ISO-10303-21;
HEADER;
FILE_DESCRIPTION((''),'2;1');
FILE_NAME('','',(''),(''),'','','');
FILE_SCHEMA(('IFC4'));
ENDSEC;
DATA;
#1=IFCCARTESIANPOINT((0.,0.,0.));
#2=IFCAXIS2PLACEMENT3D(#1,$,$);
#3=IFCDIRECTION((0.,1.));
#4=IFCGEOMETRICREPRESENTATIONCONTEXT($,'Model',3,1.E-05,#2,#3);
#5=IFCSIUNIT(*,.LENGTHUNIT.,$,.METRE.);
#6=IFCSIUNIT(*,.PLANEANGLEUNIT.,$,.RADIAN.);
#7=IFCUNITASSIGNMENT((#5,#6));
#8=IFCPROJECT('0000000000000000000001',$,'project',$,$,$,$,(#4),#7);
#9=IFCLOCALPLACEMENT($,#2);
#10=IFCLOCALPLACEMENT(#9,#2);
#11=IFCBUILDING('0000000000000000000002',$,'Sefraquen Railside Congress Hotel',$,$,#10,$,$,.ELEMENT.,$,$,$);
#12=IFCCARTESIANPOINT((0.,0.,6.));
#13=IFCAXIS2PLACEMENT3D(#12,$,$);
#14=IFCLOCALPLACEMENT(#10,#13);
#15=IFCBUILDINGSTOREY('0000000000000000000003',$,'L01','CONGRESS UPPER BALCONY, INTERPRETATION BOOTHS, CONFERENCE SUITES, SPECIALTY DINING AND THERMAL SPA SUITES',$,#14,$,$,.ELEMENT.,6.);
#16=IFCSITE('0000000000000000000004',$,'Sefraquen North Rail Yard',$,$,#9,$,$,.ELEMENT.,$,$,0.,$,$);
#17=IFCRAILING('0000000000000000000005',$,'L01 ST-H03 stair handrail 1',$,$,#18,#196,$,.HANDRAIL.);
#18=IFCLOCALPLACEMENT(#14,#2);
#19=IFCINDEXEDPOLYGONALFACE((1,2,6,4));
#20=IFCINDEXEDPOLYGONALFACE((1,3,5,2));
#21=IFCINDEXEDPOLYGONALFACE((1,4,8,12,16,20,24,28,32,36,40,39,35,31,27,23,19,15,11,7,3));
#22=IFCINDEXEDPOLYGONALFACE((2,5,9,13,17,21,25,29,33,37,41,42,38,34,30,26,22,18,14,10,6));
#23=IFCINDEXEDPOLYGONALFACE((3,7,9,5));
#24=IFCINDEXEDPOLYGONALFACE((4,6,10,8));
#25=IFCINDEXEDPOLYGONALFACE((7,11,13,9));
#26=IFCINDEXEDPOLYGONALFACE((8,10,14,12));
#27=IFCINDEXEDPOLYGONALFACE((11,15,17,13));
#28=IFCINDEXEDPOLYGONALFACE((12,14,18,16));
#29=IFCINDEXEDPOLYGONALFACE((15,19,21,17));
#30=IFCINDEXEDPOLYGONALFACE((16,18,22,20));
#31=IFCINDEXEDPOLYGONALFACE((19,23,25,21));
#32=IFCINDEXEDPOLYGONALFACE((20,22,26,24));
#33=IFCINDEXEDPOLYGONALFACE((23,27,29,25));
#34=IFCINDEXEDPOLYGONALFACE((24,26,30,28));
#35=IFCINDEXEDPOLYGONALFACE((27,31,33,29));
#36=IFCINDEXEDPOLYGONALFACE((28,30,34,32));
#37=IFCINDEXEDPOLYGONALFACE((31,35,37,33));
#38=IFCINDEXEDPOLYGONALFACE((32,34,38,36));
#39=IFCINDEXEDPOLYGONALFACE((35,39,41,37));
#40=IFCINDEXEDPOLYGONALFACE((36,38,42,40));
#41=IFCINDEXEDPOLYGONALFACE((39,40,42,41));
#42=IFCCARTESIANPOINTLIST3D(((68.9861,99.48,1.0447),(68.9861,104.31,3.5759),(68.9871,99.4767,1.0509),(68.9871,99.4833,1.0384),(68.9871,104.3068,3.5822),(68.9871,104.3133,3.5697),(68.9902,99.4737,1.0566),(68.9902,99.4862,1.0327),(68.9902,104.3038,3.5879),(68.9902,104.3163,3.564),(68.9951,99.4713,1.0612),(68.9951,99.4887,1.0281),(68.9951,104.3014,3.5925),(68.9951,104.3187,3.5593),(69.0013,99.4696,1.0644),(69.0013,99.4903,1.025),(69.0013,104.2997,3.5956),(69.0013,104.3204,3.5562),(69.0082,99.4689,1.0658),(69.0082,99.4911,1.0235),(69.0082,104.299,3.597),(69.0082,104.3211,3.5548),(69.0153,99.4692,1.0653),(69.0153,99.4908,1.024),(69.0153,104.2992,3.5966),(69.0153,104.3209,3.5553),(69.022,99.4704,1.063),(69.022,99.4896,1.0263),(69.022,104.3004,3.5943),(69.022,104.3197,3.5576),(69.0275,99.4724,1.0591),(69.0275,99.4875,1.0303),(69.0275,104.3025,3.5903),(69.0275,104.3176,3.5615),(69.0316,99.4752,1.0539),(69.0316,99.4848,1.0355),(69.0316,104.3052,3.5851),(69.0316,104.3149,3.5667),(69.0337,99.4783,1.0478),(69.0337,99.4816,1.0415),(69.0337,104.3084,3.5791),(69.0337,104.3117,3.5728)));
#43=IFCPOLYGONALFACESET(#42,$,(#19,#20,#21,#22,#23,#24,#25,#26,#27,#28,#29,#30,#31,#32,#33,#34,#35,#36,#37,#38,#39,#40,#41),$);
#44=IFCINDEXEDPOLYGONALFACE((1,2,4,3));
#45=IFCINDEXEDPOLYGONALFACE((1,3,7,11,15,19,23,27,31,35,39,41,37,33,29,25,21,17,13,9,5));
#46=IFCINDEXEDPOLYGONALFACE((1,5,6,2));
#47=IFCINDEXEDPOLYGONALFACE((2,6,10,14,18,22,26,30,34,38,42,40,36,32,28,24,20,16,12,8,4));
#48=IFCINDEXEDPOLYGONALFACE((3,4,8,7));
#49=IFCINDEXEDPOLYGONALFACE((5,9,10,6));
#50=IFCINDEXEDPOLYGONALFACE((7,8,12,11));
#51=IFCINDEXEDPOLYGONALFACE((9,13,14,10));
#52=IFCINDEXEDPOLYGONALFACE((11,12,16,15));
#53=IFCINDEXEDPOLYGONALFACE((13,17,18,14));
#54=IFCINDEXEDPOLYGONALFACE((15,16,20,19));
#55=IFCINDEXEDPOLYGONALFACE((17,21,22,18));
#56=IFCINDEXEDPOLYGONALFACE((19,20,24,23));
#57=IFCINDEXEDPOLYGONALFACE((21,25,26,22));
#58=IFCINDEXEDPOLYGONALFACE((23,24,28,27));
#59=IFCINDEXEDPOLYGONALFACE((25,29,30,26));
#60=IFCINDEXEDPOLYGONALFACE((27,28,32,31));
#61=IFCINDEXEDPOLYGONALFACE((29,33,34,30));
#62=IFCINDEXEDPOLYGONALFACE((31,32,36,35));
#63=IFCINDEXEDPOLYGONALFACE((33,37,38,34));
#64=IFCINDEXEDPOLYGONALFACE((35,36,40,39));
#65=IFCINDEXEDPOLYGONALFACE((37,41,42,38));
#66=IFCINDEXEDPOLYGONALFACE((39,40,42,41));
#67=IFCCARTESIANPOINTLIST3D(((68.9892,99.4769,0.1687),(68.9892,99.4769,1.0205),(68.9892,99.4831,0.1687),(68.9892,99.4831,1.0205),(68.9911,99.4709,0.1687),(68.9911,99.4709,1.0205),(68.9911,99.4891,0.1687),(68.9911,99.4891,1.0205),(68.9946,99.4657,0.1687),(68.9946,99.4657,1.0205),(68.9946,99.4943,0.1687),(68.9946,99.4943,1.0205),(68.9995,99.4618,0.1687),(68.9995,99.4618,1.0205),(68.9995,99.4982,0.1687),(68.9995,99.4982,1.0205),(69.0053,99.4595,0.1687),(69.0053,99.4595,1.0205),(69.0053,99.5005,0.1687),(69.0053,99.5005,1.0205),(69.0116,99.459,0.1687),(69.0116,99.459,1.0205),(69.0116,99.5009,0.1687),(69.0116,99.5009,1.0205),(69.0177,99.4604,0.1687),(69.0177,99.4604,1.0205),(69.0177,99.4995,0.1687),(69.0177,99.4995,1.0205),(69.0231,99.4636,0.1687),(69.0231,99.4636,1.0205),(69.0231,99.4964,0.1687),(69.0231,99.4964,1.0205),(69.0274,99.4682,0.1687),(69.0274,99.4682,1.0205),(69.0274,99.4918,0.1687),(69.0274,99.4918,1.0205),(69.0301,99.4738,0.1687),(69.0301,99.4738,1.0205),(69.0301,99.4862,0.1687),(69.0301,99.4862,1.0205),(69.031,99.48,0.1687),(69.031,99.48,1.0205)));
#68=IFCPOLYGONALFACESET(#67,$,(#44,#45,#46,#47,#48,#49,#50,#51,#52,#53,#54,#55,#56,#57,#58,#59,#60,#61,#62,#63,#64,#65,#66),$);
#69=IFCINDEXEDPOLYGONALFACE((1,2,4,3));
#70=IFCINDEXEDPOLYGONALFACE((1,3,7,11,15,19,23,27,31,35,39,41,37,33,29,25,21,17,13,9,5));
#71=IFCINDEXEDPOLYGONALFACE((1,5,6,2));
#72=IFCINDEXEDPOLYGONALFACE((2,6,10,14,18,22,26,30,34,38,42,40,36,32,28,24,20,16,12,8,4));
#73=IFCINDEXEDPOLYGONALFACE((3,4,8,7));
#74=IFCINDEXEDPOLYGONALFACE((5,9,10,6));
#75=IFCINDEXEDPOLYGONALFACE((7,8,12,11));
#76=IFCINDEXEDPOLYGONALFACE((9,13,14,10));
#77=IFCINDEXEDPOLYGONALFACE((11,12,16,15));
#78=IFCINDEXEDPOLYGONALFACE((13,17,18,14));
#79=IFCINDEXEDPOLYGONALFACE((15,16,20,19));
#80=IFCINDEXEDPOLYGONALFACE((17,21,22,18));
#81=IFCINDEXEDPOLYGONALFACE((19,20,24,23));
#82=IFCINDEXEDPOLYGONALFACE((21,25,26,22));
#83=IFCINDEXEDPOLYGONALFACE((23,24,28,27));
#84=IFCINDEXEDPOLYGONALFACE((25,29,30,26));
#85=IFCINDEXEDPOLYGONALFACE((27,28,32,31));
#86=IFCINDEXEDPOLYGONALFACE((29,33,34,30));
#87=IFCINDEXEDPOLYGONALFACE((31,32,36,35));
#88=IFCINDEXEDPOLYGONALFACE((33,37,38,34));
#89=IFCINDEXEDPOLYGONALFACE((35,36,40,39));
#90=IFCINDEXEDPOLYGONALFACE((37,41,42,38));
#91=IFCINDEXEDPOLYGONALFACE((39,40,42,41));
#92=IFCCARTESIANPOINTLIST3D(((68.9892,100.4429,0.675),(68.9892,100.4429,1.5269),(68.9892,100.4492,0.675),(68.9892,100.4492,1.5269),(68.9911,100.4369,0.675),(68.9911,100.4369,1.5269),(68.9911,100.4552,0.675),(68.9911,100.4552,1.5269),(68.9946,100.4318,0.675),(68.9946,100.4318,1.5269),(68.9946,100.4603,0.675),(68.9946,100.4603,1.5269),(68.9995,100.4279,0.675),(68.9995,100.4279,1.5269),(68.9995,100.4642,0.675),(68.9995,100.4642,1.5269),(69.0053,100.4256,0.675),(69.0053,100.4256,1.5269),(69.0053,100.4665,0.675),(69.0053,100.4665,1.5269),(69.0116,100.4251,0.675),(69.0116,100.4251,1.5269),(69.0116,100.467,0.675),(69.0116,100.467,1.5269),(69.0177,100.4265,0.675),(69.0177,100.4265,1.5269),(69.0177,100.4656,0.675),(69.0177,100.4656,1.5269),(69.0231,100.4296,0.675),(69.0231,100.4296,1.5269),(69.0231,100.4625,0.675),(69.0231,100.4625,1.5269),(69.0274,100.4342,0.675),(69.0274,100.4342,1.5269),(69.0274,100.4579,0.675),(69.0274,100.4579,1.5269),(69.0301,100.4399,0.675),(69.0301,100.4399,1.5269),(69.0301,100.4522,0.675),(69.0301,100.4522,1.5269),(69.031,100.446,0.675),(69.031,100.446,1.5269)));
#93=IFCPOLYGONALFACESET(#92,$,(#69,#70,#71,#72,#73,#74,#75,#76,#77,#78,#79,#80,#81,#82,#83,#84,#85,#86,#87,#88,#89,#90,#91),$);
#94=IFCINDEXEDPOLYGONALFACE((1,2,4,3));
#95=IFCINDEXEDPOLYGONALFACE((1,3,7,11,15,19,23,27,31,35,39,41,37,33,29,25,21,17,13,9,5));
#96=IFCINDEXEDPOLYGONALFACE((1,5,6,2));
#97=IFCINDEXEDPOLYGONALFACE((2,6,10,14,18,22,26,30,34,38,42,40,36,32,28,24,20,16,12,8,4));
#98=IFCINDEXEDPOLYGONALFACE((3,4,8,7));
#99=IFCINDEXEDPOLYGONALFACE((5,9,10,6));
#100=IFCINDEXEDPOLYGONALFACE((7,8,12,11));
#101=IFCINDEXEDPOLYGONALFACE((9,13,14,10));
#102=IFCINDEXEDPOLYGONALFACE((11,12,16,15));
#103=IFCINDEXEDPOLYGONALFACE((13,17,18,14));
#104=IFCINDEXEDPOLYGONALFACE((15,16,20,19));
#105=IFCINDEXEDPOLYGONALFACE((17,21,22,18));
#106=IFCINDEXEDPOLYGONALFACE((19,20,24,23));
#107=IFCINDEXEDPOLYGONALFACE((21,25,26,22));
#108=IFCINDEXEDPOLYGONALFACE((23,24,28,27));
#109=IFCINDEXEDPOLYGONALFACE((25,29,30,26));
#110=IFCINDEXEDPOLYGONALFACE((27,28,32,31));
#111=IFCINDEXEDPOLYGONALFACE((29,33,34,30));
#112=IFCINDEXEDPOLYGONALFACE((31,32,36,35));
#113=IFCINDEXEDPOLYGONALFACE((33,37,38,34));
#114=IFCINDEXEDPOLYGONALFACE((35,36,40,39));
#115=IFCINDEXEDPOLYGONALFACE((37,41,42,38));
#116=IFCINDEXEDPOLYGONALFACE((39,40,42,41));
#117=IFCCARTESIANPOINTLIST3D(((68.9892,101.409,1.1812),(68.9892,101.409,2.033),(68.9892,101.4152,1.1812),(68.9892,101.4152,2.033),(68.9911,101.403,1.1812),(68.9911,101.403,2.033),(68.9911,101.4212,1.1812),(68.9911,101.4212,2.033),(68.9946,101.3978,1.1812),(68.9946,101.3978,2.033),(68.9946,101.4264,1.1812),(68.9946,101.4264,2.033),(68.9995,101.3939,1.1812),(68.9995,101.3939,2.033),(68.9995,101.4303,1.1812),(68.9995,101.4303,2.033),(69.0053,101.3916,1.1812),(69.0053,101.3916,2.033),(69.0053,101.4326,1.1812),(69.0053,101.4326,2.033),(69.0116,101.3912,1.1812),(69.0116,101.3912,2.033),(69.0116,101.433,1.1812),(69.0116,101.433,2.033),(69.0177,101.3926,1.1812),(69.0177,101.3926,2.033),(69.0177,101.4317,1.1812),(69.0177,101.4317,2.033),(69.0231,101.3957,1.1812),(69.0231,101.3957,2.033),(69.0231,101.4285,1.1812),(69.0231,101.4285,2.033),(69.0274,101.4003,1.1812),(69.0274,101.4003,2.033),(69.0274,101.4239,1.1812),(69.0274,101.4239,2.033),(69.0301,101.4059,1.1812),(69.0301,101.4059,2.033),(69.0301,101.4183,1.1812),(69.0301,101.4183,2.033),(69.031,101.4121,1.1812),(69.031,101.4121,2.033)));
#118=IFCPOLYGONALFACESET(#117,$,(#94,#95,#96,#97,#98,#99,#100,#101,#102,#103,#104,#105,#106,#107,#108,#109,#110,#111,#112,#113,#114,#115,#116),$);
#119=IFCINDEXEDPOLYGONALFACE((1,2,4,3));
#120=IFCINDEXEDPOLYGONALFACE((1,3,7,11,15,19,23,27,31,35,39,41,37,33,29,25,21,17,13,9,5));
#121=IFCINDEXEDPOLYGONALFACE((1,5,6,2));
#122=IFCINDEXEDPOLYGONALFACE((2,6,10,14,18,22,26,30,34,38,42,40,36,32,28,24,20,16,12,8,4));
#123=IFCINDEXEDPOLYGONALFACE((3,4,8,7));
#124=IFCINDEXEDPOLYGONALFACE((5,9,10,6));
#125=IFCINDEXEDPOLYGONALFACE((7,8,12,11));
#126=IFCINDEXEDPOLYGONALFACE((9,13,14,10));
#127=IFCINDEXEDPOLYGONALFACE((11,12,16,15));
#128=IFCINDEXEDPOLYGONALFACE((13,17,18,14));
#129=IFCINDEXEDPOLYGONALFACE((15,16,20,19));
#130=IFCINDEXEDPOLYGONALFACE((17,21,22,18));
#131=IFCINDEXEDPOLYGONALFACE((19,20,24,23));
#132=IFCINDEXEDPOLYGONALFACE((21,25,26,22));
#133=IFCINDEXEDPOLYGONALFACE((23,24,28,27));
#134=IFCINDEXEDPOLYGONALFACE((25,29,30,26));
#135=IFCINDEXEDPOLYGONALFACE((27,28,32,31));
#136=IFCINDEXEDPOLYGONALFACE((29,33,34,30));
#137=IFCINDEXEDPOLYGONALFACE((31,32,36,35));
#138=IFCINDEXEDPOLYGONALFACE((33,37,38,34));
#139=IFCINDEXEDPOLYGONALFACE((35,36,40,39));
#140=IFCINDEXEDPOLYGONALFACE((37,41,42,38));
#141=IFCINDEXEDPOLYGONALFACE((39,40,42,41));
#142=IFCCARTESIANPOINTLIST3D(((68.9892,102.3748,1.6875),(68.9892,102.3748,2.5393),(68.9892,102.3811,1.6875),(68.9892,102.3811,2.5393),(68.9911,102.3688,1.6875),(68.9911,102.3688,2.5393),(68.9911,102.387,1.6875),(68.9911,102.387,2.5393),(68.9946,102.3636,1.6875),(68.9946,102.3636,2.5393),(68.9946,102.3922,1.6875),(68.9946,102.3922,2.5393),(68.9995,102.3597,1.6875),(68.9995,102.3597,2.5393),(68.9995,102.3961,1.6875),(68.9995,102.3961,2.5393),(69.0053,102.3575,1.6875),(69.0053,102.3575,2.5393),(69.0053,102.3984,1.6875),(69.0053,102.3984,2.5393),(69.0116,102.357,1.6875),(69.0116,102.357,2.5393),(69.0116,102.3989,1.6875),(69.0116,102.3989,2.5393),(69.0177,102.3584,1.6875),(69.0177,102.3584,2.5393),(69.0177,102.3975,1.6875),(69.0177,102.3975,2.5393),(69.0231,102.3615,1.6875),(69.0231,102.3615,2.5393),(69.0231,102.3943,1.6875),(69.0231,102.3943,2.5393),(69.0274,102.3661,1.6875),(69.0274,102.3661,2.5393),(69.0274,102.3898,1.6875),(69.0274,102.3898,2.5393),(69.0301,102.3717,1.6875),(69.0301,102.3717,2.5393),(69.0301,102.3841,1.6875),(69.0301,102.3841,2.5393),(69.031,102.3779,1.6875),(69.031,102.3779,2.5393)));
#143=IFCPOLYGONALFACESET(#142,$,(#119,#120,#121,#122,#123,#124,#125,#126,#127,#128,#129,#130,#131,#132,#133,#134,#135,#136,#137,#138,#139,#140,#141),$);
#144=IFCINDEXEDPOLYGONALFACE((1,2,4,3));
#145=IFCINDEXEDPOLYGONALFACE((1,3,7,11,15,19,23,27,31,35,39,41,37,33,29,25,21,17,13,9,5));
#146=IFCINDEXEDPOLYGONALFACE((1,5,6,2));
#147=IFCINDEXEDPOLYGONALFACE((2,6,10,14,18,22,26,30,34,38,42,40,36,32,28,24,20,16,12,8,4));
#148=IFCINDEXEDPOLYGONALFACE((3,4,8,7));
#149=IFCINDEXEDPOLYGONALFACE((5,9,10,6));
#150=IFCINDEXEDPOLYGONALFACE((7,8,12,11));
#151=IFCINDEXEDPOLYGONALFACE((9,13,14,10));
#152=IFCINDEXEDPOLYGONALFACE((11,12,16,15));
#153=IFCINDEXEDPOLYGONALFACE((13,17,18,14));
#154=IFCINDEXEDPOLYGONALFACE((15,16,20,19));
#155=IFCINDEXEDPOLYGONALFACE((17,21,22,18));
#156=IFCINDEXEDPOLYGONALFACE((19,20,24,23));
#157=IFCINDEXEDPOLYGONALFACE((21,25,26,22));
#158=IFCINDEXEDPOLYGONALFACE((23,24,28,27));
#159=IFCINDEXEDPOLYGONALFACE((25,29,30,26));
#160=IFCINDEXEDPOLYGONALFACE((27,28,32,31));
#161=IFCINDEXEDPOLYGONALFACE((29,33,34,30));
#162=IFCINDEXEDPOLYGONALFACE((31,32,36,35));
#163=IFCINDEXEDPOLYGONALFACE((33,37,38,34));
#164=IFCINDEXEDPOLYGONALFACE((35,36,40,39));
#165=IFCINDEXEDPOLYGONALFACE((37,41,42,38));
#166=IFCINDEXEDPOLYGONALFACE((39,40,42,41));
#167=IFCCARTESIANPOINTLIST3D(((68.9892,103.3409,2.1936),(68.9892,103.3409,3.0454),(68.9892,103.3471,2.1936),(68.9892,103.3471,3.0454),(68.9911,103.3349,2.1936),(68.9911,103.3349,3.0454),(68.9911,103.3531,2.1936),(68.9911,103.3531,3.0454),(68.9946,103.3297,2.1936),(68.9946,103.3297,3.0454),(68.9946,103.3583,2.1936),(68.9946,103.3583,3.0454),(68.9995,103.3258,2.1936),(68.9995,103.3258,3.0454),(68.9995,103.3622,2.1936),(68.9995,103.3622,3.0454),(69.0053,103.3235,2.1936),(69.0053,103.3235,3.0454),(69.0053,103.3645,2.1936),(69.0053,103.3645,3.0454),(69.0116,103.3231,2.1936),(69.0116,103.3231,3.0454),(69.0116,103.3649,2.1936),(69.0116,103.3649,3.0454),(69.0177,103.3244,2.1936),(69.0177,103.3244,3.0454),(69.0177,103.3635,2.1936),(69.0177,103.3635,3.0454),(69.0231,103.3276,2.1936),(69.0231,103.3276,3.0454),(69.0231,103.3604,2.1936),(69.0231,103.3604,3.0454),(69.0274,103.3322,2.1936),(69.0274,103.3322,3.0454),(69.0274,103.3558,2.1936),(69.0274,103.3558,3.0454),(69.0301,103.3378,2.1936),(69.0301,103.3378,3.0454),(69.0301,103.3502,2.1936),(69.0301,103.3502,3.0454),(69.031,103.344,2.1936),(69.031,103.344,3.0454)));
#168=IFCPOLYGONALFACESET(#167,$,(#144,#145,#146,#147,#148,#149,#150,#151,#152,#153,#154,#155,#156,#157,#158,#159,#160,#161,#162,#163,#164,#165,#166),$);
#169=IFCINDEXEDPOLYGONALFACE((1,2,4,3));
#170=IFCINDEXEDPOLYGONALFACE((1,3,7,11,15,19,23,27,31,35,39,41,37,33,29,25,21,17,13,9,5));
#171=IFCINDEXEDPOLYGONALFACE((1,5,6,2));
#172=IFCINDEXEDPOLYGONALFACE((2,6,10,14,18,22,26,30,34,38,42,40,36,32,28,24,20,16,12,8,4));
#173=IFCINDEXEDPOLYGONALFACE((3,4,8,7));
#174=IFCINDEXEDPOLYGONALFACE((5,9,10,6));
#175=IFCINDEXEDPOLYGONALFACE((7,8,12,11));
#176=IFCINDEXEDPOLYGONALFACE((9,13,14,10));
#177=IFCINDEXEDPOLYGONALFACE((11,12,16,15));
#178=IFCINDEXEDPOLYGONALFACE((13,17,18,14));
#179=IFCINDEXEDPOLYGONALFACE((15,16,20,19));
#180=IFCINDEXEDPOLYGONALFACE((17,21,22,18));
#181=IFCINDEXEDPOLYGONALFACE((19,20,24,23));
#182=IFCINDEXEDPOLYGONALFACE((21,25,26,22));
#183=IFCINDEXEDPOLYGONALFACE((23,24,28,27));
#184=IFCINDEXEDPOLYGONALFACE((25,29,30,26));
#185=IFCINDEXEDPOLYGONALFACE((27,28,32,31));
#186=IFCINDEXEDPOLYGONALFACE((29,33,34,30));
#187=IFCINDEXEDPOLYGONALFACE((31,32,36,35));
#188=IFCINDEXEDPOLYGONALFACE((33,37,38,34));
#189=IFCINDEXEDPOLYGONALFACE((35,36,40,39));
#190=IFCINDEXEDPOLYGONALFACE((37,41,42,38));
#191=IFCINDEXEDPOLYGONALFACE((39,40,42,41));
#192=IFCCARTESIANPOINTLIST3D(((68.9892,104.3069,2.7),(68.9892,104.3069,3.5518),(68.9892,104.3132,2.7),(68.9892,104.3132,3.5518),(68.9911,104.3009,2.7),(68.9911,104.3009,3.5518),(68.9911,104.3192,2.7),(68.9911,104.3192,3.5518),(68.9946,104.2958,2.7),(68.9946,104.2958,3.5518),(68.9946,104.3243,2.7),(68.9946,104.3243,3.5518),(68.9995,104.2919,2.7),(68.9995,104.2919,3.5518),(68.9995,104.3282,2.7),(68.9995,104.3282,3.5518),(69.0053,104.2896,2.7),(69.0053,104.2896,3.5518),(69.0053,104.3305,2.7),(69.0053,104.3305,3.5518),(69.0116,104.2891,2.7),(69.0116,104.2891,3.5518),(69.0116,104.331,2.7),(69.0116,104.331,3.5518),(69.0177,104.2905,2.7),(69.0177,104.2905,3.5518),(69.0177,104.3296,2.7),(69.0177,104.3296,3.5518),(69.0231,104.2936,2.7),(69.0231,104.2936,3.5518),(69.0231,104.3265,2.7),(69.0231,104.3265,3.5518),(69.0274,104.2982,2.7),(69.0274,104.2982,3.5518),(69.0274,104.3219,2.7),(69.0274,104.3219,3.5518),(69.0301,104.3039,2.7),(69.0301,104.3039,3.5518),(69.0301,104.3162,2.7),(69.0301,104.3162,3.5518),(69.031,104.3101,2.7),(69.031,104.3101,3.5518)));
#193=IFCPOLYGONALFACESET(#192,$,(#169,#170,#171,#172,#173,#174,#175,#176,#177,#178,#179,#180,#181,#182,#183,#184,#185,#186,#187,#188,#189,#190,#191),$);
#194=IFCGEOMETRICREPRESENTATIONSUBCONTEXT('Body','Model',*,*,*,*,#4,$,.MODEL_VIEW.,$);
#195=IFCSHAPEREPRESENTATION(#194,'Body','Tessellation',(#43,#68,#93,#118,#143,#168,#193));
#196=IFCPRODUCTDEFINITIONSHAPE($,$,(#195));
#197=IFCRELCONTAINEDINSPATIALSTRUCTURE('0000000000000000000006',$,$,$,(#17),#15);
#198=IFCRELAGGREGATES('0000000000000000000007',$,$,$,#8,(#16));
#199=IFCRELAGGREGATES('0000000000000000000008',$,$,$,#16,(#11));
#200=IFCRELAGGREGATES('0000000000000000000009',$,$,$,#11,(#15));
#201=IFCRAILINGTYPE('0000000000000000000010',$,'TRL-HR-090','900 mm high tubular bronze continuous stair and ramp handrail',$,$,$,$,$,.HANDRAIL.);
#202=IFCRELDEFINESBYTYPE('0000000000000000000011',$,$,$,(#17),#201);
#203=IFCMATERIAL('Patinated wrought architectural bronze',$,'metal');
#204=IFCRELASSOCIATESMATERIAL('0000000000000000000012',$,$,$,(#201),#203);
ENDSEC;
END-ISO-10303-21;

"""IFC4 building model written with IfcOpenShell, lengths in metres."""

from ifc_helpers import new_model, si_unit, direction, frame, origin, origin_2d, place, context, subcontext, project, spatial, circle, extrude, material, type_object, element, save


model = new_model("IFC4")

# Units and contexts
model_context = context("Model", 3, precision=1e-05, world=origin(), true_north=direction((0.0, 1.0)))
body_context = subcontext(model_context, "Body", "Model", "MODEL_VIEW")
ifc_project = project(units=[si_unit("LENGTHUNIT", "METRE"), si_unit("PLANEANGLEUNIT", "RADIAN")], contexts=[model_context])

# Site, building, storey
site_placement = place(None, origin())
site = spatial("IfcSite", under=ifc_project, at=site_placement, Name="Sefraquen North Rail Yard", CompositionType="ELEMENT", RefElevation=0.0)
building_placement = place(site_placement, origin())
building = spatial("IfcBuilding", under=site, at=building_placement, Name="Sefraquen Railside Congress Hotel", CompositionType="ELEMENT")
storey_placement = place(building_placement, frame((0.0, 0.0, 6.0)))
storey = spatial("IfcBuildingStorey", under=building, at=storey_placement, Name="L01", Description="CONGRESS UPPER BALCONY, INTERPRETATION BOOTHS, CONFERENCE SUITES, SPECIALTY DINING AND THERMAL SPA SUITES", CompositionType="ELEMENT", Elevation=6.0)

# Railing
ifc_material_1 = material(Name="Patinated wrought architectural bronze", Category="metal")
railing_type_1 = type_object("IfcRailingType", Name="TRL-HR-090", Description="900 mm high tubular bronze continuous stair and ramp handrail", PredefinedType="HANDRAIL", material=ifc_material_1)
railing_1_placement = place(storey_placement, frame((69.01, 99.48, 0.1687)))
element("IfcRailing", 1, at=railing_1_placement, inside=storey, type_object=railing_type_1, Name="L01 ST-H03 stair handrail 1", PredefinedType="HANDRAIL", context=body_context, shape_type="SweptSolid", body=[
    extrude(circle(Radius=0.0239, at=origin_2d()), frame((0.0, 0.0, 0.876), z_axis=(0.0, 0.88574, 0.464181), x_axis=(-1.0, 0.0, 0.0)), (0.0, 0.0, 1.0), 5.4531),
    extrude(circle(Radius=0.021, at=origin_2d()), origin(), (0.0, 0.0, 1.0), 0.8518),
    extrude(circle(Radius=0.021, at=origin_2d()), frame((0.0, 0.9661, 0.5063)), (0.0, 0.0, 1.0), 0.8518),
    extrude(circle(Radius=0.021, at=origin_2d()), frame((0.0, 1.9321, 1.0125)), (0.0, 0.0, 1.0), 0.8518),
    extrude(circle(Radius=0.021, at=origin_2d()), frame((0.0, 2.8979, 1.5188)), (0.0, 0.0, 1.0), 0.8518),
    extrude(circle(Radius=0.021, at=origin_2d()), frame((0.0, 3.864, 2.0249)), (0.0, 0.0, 1.0), 0.8518),
    extrude(circle(Radius=0.021, at=origin_2d()), frame((0.0, 4.8301, 2.5312)), (0.0, 0.0, 1.0), 0.8518),
])

save(model, "model.ifc")
